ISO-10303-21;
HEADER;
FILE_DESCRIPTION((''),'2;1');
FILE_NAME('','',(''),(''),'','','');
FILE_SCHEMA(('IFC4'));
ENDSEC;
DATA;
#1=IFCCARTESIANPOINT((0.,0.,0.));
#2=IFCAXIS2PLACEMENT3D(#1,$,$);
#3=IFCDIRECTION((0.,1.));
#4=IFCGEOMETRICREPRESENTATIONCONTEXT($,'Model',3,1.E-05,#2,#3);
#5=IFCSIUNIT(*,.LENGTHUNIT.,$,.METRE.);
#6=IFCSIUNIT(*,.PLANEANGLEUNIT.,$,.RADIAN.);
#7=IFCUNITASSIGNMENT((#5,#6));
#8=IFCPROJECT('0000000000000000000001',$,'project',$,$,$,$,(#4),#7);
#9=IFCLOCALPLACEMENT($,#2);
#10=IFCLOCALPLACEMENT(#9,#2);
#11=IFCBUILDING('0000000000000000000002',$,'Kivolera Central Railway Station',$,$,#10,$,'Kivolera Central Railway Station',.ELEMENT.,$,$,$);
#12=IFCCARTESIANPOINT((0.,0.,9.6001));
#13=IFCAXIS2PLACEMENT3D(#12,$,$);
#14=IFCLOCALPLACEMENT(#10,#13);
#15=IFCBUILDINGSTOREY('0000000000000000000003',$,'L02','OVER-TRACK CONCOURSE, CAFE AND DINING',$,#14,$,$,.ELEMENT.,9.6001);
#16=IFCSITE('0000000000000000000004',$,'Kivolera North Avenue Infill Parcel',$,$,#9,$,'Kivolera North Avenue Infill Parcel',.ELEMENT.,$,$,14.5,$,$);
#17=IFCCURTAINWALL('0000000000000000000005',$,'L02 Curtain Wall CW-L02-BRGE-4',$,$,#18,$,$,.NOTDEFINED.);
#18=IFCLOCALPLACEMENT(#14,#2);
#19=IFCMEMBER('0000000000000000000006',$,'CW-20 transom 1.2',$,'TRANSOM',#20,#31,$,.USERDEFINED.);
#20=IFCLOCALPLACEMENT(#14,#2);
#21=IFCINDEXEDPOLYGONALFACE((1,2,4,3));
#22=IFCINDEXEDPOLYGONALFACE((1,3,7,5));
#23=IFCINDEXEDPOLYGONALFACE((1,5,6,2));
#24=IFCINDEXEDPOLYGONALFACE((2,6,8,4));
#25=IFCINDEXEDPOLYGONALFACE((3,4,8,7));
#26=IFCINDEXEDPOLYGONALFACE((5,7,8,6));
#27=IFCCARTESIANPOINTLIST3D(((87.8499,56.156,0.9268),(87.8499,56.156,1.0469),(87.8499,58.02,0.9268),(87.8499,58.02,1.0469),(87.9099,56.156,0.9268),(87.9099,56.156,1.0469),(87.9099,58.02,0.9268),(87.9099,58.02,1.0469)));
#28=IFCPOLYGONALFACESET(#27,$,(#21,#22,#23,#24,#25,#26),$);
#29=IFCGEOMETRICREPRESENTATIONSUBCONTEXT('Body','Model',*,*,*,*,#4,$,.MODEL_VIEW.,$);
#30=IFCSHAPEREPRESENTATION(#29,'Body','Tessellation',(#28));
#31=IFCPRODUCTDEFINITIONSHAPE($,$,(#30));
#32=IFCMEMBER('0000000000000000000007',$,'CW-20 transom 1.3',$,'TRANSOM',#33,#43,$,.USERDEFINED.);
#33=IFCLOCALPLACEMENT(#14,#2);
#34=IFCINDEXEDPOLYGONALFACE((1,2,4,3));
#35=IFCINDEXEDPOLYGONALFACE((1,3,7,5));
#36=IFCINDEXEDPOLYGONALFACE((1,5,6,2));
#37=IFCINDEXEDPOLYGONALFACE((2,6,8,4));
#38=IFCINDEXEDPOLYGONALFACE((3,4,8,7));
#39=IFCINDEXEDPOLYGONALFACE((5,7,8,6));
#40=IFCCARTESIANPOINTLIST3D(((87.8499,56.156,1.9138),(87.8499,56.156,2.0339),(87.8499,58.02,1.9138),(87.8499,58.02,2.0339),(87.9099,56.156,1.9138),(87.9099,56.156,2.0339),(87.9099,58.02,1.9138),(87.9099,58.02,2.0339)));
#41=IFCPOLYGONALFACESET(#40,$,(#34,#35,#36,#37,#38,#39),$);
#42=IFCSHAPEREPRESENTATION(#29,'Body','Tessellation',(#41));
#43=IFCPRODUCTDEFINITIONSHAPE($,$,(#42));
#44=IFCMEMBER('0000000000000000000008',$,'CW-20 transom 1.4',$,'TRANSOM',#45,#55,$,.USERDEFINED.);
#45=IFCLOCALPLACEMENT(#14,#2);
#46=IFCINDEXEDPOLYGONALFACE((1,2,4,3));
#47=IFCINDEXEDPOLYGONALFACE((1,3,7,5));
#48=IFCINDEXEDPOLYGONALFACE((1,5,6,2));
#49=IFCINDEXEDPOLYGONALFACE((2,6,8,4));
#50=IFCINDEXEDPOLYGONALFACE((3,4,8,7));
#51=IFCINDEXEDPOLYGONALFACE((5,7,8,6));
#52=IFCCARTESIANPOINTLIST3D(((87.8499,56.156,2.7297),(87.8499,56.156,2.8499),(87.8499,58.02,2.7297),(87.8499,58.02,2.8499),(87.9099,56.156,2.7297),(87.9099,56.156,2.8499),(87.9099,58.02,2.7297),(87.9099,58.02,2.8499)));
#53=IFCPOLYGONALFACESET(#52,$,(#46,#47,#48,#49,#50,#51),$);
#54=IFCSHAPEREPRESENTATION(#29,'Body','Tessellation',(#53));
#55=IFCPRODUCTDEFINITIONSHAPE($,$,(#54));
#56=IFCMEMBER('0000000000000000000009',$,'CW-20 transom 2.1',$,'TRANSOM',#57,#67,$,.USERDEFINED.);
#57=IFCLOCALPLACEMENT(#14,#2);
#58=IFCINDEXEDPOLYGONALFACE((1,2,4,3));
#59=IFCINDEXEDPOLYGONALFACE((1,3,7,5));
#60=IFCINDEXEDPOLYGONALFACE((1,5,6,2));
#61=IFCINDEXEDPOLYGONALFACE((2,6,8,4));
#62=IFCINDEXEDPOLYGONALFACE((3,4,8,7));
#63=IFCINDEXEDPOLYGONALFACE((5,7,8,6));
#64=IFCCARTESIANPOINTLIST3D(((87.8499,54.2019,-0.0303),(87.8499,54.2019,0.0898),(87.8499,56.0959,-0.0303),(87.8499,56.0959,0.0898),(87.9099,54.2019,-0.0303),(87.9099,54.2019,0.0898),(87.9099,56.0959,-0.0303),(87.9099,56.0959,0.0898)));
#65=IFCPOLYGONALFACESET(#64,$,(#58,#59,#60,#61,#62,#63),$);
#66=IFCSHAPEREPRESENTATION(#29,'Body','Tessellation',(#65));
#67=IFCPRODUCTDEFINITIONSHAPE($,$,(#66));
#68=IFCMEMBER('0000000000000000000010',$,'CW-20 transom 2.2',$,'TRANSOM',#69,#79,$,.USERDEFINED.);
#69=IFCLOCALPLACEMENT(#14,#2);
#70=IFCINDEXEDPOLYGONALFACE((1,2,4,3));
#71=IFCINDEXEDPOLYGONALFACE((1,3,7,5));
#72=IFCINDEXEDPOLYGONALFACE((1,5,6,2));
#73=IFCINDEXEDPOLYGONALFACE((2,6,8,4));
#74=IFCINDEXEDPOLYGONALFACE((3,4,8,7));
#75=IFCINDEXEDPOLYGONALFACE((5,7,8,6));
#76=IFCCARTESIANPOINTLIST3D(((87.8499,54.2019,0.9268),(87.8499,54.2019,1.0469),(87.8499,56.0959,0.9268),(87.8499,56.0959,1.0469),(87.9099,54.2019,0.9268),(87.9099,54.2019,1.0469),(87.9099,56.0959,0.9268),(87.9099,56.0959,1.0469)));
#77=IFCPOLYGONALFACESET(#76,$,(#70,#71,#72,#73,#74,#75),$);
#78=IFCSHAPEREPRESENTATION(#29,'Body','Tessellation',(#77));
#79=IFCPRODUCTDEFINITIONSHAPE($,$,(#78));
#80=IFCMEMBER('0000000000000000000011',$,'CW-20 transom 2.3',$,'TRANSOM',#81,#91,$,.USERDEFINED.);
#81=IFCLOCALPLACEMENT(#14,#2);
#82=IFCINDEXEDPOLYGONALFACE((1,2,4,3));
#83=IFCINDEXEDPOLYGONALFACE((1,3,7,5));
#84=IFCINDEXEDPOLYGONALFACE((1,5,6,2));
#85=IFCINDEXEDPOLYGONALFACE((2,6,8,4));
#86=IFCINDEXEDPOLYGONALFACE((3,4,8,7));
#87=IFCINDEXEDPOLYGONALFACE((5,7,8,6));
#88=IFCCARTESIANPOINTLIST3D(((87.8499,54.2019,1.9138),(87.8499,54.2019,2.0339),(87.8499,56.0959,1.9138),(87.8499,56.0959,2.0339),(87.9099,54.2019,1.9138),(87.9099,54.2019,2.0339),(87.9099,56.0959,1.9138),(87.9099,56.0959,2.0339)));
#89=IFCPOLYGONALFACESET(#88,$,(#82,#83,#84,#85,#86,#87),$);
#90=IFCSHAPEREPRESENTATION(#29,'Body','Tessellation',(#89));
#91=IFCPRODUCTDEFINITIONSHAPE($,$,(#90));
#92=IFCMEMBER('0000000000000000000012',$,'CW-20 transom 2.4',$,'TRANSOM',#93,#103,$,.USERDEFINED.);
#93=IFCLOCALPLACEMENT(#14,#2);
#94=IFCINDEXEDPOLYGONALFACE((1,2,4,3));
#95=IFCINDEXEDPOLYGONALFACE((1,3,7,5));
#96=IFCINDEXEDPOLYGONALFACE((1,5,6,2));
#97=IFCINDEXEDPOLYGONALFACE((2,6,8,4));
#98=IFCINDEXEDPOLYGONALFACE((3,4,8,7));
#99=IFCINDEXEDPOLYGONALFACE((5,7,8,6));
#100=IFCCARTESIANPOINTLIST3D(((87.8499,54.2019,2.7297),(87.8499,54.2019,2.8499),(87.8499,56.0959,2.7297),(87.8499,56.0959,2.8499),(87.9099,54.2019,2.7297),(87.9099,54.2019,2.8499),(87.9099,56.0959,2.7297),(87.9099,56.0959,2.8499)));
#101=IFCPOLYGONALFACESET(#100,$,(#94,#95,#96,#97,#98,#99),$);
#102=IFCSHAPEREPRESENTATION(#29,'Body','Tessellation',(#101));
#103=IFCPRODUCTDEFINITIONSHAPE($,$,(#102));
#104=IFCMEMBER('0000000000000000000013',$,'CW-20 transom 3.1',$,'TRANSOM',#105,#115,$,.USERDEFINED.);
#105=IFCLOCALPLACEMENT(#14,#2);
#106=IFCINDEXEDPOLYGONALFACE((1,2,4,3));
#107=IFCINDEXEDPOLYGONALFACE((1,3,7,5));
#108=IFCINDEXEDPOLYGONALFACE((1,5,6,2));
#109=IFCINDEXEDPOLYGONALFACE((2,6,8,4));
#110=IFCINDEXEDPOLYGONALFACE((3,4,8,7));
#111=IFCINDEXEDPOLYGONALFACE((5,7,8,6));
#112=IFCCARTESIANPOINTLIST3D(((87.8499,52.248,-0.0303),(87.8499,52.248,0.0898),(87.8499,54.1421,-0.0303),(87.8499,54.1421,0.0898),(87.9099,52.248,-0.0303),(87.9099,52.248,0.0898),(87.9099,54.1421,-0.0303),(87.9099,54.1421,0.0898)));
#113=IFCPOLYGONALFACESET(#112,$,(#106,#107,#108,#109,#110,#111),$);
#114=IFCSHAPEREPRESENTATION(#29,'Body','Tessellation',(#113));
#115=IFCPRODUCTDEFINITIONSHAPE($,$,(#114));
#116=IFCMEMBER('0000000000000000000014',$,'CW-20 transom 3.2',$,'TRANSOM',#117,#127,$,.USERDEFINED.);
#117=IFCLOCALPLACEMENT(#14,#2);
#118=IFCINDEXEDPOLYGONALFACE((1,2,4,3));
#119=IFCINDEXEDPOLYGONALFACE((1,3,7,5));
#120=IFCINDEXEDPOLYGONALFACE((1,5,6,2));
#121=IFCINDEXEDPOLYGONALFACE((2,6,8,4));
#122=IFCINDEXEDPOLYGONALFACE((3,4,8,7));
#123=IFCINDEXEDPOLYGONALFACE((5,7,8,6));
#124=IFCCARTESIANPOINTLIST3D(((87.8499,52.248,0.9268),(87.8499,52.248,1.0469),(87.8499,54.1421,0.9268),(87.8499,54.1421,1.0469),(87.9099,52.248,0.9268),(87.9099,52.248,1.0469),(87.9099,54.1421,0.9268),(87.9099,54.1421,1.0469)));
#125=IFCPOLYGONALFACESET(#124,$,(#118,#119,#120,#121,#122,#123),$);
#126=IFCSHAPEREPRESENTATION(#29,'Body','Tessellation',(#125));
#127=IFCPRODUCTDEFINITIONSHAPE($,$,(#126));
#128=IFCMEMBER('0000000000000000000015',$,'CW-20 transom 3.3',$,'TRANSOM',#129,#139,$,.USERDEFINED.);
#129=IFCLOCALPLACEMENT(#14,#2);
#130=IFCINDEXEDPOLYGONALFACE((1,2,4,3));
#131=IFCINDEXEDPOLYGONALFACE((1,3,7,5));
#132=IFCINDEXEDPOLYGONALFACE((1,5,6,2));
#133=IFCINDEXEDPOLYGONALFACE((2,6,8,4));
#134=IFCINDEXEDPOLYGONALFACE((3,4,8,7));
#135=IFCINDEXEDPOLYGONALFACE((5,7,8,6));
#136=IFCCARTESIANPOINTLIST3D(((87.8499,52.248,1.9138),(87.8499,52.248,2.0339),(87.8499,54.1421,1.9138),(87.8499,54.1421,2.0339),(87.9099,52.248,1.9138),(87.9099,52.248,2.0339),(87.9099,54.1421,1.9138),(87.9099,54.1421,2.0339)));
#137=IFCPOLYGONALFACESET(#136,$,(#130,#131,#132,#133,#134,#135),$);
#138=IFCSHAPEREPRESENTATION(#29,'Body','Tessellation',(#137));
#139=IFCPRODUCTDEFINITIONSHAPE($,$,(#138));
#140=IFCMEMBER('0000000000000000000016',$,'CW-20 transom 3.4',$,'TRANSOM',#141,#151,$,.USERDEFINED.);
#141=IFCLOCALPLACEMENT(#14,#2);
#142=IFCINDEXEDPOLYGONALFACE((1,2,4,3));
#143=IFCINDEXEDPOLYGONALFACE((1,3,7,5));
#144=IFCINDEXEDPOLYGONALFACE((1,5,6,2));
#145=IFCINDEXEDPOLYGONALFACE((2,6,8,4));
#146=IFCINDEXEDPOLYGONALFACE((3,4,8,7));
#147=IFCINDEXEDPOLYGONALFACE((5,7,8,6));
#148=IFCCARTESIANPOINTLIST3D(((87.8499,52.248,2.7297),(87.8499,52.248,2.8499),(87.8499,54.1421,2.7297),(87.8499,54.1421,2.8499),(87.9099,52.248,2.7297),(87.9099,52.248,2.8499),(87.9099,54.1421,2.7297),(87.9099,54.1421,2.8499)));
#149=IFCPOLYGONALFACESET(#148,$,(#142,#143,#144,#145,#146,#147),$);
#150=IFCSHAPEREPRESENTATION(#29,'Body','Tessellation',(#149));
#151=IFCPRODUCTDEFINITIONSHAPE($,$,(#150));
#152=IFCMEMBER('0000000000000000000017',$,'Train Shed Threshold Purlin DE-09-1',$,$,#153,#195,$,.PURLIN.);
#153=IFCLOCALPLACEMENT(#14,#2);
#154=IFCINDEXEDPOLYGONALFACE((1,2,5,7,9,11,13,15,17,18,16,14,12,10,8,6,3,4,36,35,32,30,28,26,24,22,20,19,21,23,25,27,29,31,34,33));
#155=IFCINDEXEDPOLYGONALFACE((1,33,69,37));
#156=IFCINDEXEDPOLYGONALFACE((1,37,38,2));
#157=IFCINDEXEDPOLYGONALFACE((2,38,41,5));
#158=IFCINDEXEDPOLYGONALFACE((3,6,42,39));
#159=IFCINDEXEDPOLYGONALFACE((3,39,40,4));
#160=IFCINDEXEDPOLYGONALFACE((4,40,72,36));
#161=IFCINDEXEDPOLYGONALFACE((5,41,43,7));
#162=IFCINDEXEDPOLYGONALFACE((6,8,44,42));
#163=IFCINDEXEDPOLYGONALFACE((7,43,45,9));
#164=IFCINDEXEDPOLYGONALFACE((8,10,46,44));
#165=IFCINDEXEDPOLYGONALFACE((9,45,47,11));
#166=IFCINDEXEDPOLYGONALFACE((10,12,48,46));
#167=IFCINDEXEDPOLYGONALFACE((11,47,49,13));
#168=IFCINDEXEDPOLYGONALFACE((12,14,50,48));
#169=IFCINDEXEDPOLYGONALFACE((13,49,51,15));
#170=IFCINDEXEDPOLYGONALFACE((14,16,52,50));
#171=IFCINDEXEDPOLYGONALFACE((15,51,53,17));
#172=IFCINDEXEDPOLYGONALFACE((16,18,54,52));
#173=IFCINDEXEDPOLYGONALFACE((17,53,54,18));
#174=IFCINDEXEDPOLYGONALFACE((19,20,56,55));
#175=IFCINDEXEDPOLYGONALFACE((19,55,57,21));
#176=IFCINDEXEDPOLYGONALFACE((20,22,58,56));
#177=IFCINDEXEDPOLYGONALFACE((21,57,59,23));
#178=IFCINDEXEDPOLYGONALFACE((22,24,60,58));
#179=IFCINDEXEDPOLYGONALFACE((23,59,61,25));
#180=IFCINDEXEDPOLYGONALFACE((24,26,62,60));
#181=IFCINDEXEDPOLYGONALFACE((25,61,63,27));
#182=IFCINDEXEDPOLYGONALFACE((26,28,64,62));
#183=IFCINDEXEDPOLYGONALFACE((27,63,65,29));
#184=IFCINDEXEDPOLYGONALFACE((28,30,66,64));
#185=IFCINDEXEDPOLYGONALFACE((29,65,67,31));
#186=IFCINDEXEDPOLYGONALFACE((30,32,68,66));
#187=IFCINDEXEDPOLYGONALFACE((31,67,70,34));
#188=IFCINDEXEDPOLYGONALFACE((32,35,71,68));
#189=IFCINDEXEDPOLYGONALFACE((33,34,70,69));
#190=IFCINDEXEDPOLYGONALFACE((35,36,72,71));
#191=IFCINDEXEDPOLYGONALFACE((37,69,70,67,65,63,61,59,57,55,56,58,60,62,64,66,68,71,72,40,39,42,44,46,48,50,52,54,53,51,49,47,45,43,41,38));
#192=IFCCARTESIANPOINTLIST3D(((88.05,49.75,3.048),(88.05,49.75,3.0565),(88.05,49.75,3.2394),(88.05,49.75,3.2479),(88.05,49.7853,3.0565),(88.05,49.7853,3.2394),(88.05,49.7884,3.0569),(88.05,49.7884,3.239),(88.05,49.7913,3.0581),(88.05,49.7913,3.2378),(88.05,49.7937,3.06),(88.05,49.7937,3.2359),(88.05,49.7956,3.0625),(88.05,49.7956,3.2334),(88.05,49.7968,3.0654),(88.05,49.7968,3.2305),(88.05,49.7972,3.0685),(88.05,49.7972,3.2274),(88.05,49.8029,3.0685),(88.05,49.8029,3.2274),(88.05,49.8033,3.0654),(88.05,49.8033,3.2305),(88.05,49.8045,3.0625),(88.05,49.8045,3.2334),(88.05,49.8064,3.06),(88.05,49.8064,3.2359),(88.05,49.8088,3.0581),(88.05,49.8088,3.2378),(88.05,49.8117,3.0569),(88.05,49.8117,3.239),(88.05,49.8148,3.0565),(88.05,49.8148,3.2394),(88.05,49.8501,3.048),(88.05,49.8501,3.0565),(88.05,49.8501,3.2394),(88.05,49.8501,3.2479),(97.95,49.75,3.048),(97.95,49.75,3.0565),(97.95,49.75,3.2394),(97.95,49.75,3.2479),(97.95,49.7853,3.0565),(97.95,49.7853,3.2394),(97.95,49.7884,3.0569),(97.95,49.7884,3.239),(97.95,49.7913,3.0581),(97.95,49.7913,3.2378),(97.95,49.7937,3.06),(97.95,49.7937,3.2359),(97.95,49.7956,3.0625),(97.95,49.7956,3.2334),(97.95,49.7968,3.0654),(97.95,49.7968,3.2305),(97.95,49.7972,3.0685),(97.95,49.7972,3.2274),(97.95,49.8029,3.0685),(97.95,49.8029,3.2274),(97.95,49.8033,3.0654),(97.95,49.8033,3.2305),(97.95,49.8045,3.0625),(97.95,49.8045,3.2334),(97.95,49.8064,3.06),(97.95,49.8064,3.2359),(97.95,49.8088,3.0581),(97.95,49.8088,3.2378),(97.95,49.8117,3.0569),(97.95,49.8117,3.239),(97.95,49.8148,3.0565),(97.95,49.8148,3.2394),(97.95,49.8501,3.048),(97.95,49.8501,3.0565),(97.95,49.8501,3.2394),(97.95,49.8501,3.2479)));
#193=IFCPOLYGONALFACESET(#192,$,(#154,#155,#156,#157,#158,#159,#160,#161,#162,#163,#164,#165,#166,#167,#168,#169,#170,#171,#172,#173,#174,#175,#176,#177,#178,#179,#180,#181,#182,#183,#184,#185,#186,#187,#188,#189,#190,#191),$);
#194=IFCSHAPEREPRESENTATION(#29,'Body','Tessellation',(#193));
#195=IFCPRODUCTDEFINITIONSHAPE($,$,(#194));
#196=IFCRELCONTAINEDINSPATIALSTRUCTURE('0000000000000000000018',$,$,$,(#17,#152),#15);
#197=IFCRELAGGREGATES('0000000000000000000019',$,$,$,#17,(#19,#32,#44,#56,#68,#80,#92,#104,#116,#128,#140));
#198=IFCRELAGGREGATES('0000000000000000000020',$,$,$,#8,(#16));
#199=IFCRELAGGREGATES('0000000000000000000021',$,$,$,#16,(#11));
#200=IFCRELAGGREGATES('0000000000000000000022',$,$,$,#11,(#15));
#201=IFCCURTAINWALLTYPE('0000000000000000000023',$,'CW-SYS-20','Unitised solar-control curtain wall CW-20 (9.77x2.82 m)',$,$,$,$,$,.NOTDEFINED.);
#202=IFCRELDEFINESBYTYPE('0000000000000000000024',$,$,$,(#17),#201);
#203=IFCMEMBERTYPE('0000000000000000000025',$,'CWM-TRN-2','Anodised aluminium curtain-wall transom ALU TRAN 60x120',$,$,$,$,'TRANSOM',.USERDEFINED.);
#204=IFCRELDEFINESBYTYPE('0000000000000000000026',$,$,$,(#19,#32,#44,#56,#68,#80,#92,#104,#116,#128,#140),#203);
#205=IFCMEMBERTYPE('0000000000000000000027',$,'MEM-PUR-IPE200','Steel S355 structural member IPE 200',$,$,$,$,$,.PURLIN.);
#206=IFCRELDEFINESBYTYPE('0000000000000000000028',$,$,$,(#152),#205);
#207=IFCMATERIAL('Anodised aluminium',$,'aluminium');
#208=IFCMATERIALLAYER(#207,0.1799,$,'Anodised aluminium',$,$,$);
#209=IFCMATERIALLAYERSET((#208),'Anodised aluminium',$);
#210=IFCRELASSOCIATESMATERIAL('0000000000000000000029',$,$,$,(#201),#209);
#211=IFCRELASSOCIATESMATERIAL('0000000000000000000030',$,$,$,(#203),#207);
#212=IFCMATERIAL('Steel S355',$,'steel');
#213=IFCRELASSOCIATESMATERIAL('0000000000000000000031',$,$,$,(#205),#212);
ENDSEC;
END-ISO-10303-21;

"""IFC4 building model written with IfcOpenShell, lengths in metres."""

from ifc_helpers import new_model, si_unit, direction, frame, origin, origin_2d, place, context, subcontext, project, spatial, rectangle, i_section, extrude, material, layer, layer_set, material_profile, profile_set, type_object, element, aggregate, save


model = new_model("IFC4")

# Units and contexts
model_context = context("Model", 3, precision=1e-05, world=origin(), true_north=direction((0.0, 1.0)))
body_context = subcontext(model_context, "Body", "Model", "MODEL_VIEW")
ifc_project = project(units=[si_unit("LENGTHUNIT", "METRE"), si_unit("PLANEANGLEUNIT", "RADIAN")], contexts=[model_context])

# Site, building, storey
site_placement = place(None, origin())
site = spatial("IfcSite", under=ifc_project, at=site_placement, Name="Kivolera North Avenue Infill Parcel", LongName="Kivolera North Avenue Infill Parcel", CompositionType="ELEMENT", RefElevation=14.5)
building_placement = place(site_placement, origin())
building = spatial("IfcBuilding", under=site, at=building_placement, Name="Kivolera Central Railway Station", LongName="Kivolera Central Railway Station", CompositionType="ELEMENT")
storey_placement = place(building_placement, frame((0.0, 0.0, 9.6001)))
storey = spatial("IfcBuildingStorey", under=building, at=storey_placement, Name="L02", Description="OVER-TRACK CONCOURSE, CAFE AND DINING", CompositionType="ELEMENT", Elevation=9.6001)

# Shared definitions
ifc_material_1 = material(Name="Steel S355", Category="steel")

# Curtain wall
ifc_material_2 = material(Name="Anodised aluminium", Category="aluminium")
ifc_layer_1 = layer(ifc_material_2, 0.1799, Name="Anodised aluminium")
ifc_layer_set_1 = layer_set([ifc_layer_1], Name="Anodised aluminium")
curtain_wall_type_1 = type_object("IfcCurtainWallType", Name="CW-SYS-20", Description="Unitised solar-control curtain wall CW-20 (9.77x2.82 m)", PredefinedType="NOTDEFINED", material=ifc_layer_set_1)
curtain_wall_1_placement = place(storey_placement, origin())
curtain_wall_1 = element("IfcCurtainWall", 1, at=curtain_wall_1_placement, inside=storey, type_object=curtain_wall_type_1, Name="L02 Curtain Wall CW-L02-BRGE-4", PredefinedType="NOTDEFINED")

# Members
ifc_material_profile_1 = material_profile(ifc_material_2, rectangle(XDim=0.0601, YDim=0.1201, at=origin_2d()), Name="ALU TRAN 60x120")
ifc_profile_set_1 = profile_set([ifc_material_profile_1], Name="Anodised aluminium")
member_type_1 = type_object("IfcMemberType", Name="CWM-TRN-2", Description="Anodised aluminium curtain-wall transom ALU TRAN 60x120", ElementType="TRANSOM", PredefinedType="USERDEFINED", material=ifc_profile_set_1)
member_1_placement = place(storey_placement, frame((87.8799, 58.02, 0.9868), z_axis=(0.0, -1.0, 0.0), x_axis=(1.0, 0.0, 0.0)))
member_1 = element("IfcMember", 2, at=member_1_placement, type_object=member_type_1, Name="CW-20 transom 1.2", ObjectType="TRANSOM", PredefinedType="USERDEFINED", context=body_context, shape_type="SweptSolid", body=[
    extrude(rectangle(XDim=0.0601, YDim=0.1201, at=origin_2d()), origin(), (0.0, 0.0, 1.0), 1.864),
])
member_2_placement = place(storey_placement, frame((87.8799, 58.02, 1.9739), z_axis=(0.0, -1.0, 0.0), x_axis=(1.0, 0.0, 0.0)))
member_2 = element("IfcMember", 3, at=member_2_placement, type_object=member_type_1, Name="CW-20 transom 1.3", ObjectType="TRANSOM", PredefinedType="USERDEFINED", context=body_context, shape_type="SweptSolid", body=[
    extrude(rectangle(XDim=0.0601, YDim=0.1201, at=origin_2d()), origin(), (0.0, 0.0, 1.0), 1.864),
])
member_3_placement = place(storey_placement, frame((87.8799, 58.02, 2.7898), z_axis=(0.0, -1.0, 0.0), x_axis=(1.0, 0.0, 0.0)))
member_3 = element("IfcMember", 4, at=member_3_placement, type_object=member_type_1, Name="CW-20 transom 1.4", ObjectType="TRANSOM", PredefinedType="USERDEFINED", context=body_context, shape_type="SweptSolid", body=[
    extrude(rectangle(XDim=0.0601, YDim=0.1201, at=origin_2d()), origin(), (0.0, 0.0, 1.0), 1.864),
])
member_4_placement = place(storey_placement, frame((87.8799, 56.0959, 0.0298), z_axis=(0.0, -1.0, 0.0), x_axis=(1.0, 0.0, 0.0)))
member_4 = element("IfcMember", 5, at=member_4_placement, type_object=member_type_1, Name="CW-20 transom 2.1", ObjectType="TRANSOM", PredefinedType="USERDEFINED", context=body_context, shape_type="SweptSolid", body=[
    extrude(rectangle(XDim=0.0601, YDim=0.1201, at=origin_2d()), origin(), (0.0, 0.0, 1.0), 1.894),
])
member_5_placement = place(storey_placement, frame((87.8799, 56.0959, 0.9868), z_axis=(0.0, -1.0, 0.0), x_axis=(1.0, 0.0, 0.0)))
member_5 = element("IfcMember", 6, at=member_5_placement, type_object=member_type_1, Name="CW-20 transom 2.2", ObjectType="TRANSOM", PredefinedType="USERDEFINED", context=body_context, shape_type="SweptSolid", body=[
    extrude(rectangle(XDim=0.0601, YDim=0.1201, at=origin_2d()), origin(), (0.0, 0.0, 1.0), 1.894),
])
member_6_placement = place(storey_placement, frame((87.8799, 56.0959, 1.9739), z_axis=(0.0, -1.0, 0.0), x_axis=(1.0, 0.0, 0.0)))
member_6 = element("IfcMember", 7, at=member_6_placement, type_object=member_type_1, Name="CW-20 transom 2.3", ObjectType="TRANSOM", PredefinedType="USERDEFINED", context=body_context, shape_type="SweptSolid", body=[
    extrude(rectangle(XDim=0.0601, YDim=0.1201, at=origin_2d()), origin(), (0.0, 0.0, 1.0), 1.894),
])
member_7_placement = place(storey_placement, frame((87.8799, 56.0959, 2.7898), z_axis=(0.0, -1.0, 0.0), x_axis=(1.0, 0.0, 0.0)))
member_7 = element("IfcMember", 8, at=member_7_placement, type_object=member_type_1, Name="CW-20 transom 2.4", ObjectType="TRANSOM", PredefinedType="USERDEFINED", context=body_context, shape_type="SweptSolid", body=[
    extrude(rectangle(XDim=0.0601, YDim=0.1201, at=origin_2d()), origin(), (0.0, 0.0, 1.0), 1.894),
])
member_8_placement = place(storey_placement, frame((87.8799, 54.1421, 0.0298), z_axis=(0.0, -1.0, 0.0), x_axis=(1.0, 0.0, 0.0)))
member_8 = element("IfcMember", 9, at=member_8_placement, type_object=member_type_1, Name="CW-20 transom 3.1", ObjectType="TRANSOM", PredefinedType="USERDEFINED", context=body_context, shape_type="SweptSolid", body=[
    extrude(rectangle(XDim=0.0601, YDim=0.1201, at=origin_2d()), origin(), (0.0, 0.0, 1.0), 1.894),
])
member_9_placement = place(storey_placement, frame((87.8799, 54.1421, 0.9868), z_axis=(0.0, -1.0, 0.0), x_axis=(1.0, 0.0, 0.0)))
member_9 = element("IfcMember", 10, at=member_9_placement, type_object=member_type_1, Name="CW-20 transom 3.2", ObjectType="TRANSOM", PredefinedType="USERDEFINED", context=body_context, shape_type="SweptSolid", body=[
    extrude(rectangle(XDim=0.0601, YDim=0.1201, at=origin_2d()), origin(), (0.0, 0.0, 1.0), 1.894),
])
member_10_placement = place(storey_placement, frame((87.8799, 54.1421, 1.9739), z_axis=(0.0, -1.0, 0.0), x_axis=(1.0, 0.0, 0.0)))
member_10 = element("IfcMember", 11, at=member_10_placement, type_object=member_type_1, Name="CW-20 transom 3.3", ObjectType="TRANSOM", PredefinedType="USERDEFINED", context=body_context, shape_type="SweptSolid", body=[
    extrude(rectangle(XDim=0.0601, YDim=0.1201, at=origin_2d()), origin(), (0.0, 0.0, 1.0), 1.894),
])
member_11_placement = place(storey_placement, frame((87.8799, 54.1421, 2.7898), z_axis=(0.0, -1.0, 0.0), x_axis=(1.0, 0.0, 0.0)))
member_11 = element("IfcMember", 12, at=member_11_placement, type_object=member_type_1, Name="CW-20 transom 3.4", ObjectType="TRANSOM", PredefinedType="USERDEFINED", context=body_context, shape_type="SweptSolid", body=[
    extrude(rectangle(XDim=0.0601, YDim=0.1201, at=origin_2d()), origin(), (0.0, 0.0, 1.0), 1.894),
])

# Member
ifc_material_profile_2 = material_profile(ifc_material_1, i_section(OverallWidth=0.1001, OverallDepth=0.2, WebThickness=0.0056, FlangeThickness=0.0085, FilletRadius=0.012, at=origin_2d()), Name="IPE 200")
ifc_profile_set_2 = profile_set([ifc_material_profile_2], Name="Steel S355")
member_type_2 = type_object("IfcMemberType", Name="MEM-PUR-IPE200", Description="Steel S355 structural member IPE 200", PredefinedType="PURLIN", material=ifc_profile_set_2)
for number, where, z_axis, x_axis, name in (
    (13, (88.05, 49.8, 3.1479), (1.0, 0.0, 0.0), (0.0, 1.0, 0.0), "Train Shed Threshold Purlin DE-09-1"),
):
    element("IfcMember", number, at=place(storey_placement, frame(where, z_axis=z_axis, x_axis=x_axis)), inside=storey, type_object=member_type_2, Name=name, PredefinedType="PURLIN", context=body_context, shape_type="SweptSolid", body=[
        extrude(i_section(OverallWidth=0.1001, OverallDepth=0.2, WebThickness=0.0056, FlangeThickness=0.0085, FilletRadius=0.012, at=origin_2d()), origin(), (0.0, 0.0, 1.0), 9.8999),
    ])

aggregate(curtain_wall_1, [member_1, member_2, member_3, member_4, member_5, member_6, member_7, member_8, member_9, member_10, member_11])

save(model, "model.ifc")
